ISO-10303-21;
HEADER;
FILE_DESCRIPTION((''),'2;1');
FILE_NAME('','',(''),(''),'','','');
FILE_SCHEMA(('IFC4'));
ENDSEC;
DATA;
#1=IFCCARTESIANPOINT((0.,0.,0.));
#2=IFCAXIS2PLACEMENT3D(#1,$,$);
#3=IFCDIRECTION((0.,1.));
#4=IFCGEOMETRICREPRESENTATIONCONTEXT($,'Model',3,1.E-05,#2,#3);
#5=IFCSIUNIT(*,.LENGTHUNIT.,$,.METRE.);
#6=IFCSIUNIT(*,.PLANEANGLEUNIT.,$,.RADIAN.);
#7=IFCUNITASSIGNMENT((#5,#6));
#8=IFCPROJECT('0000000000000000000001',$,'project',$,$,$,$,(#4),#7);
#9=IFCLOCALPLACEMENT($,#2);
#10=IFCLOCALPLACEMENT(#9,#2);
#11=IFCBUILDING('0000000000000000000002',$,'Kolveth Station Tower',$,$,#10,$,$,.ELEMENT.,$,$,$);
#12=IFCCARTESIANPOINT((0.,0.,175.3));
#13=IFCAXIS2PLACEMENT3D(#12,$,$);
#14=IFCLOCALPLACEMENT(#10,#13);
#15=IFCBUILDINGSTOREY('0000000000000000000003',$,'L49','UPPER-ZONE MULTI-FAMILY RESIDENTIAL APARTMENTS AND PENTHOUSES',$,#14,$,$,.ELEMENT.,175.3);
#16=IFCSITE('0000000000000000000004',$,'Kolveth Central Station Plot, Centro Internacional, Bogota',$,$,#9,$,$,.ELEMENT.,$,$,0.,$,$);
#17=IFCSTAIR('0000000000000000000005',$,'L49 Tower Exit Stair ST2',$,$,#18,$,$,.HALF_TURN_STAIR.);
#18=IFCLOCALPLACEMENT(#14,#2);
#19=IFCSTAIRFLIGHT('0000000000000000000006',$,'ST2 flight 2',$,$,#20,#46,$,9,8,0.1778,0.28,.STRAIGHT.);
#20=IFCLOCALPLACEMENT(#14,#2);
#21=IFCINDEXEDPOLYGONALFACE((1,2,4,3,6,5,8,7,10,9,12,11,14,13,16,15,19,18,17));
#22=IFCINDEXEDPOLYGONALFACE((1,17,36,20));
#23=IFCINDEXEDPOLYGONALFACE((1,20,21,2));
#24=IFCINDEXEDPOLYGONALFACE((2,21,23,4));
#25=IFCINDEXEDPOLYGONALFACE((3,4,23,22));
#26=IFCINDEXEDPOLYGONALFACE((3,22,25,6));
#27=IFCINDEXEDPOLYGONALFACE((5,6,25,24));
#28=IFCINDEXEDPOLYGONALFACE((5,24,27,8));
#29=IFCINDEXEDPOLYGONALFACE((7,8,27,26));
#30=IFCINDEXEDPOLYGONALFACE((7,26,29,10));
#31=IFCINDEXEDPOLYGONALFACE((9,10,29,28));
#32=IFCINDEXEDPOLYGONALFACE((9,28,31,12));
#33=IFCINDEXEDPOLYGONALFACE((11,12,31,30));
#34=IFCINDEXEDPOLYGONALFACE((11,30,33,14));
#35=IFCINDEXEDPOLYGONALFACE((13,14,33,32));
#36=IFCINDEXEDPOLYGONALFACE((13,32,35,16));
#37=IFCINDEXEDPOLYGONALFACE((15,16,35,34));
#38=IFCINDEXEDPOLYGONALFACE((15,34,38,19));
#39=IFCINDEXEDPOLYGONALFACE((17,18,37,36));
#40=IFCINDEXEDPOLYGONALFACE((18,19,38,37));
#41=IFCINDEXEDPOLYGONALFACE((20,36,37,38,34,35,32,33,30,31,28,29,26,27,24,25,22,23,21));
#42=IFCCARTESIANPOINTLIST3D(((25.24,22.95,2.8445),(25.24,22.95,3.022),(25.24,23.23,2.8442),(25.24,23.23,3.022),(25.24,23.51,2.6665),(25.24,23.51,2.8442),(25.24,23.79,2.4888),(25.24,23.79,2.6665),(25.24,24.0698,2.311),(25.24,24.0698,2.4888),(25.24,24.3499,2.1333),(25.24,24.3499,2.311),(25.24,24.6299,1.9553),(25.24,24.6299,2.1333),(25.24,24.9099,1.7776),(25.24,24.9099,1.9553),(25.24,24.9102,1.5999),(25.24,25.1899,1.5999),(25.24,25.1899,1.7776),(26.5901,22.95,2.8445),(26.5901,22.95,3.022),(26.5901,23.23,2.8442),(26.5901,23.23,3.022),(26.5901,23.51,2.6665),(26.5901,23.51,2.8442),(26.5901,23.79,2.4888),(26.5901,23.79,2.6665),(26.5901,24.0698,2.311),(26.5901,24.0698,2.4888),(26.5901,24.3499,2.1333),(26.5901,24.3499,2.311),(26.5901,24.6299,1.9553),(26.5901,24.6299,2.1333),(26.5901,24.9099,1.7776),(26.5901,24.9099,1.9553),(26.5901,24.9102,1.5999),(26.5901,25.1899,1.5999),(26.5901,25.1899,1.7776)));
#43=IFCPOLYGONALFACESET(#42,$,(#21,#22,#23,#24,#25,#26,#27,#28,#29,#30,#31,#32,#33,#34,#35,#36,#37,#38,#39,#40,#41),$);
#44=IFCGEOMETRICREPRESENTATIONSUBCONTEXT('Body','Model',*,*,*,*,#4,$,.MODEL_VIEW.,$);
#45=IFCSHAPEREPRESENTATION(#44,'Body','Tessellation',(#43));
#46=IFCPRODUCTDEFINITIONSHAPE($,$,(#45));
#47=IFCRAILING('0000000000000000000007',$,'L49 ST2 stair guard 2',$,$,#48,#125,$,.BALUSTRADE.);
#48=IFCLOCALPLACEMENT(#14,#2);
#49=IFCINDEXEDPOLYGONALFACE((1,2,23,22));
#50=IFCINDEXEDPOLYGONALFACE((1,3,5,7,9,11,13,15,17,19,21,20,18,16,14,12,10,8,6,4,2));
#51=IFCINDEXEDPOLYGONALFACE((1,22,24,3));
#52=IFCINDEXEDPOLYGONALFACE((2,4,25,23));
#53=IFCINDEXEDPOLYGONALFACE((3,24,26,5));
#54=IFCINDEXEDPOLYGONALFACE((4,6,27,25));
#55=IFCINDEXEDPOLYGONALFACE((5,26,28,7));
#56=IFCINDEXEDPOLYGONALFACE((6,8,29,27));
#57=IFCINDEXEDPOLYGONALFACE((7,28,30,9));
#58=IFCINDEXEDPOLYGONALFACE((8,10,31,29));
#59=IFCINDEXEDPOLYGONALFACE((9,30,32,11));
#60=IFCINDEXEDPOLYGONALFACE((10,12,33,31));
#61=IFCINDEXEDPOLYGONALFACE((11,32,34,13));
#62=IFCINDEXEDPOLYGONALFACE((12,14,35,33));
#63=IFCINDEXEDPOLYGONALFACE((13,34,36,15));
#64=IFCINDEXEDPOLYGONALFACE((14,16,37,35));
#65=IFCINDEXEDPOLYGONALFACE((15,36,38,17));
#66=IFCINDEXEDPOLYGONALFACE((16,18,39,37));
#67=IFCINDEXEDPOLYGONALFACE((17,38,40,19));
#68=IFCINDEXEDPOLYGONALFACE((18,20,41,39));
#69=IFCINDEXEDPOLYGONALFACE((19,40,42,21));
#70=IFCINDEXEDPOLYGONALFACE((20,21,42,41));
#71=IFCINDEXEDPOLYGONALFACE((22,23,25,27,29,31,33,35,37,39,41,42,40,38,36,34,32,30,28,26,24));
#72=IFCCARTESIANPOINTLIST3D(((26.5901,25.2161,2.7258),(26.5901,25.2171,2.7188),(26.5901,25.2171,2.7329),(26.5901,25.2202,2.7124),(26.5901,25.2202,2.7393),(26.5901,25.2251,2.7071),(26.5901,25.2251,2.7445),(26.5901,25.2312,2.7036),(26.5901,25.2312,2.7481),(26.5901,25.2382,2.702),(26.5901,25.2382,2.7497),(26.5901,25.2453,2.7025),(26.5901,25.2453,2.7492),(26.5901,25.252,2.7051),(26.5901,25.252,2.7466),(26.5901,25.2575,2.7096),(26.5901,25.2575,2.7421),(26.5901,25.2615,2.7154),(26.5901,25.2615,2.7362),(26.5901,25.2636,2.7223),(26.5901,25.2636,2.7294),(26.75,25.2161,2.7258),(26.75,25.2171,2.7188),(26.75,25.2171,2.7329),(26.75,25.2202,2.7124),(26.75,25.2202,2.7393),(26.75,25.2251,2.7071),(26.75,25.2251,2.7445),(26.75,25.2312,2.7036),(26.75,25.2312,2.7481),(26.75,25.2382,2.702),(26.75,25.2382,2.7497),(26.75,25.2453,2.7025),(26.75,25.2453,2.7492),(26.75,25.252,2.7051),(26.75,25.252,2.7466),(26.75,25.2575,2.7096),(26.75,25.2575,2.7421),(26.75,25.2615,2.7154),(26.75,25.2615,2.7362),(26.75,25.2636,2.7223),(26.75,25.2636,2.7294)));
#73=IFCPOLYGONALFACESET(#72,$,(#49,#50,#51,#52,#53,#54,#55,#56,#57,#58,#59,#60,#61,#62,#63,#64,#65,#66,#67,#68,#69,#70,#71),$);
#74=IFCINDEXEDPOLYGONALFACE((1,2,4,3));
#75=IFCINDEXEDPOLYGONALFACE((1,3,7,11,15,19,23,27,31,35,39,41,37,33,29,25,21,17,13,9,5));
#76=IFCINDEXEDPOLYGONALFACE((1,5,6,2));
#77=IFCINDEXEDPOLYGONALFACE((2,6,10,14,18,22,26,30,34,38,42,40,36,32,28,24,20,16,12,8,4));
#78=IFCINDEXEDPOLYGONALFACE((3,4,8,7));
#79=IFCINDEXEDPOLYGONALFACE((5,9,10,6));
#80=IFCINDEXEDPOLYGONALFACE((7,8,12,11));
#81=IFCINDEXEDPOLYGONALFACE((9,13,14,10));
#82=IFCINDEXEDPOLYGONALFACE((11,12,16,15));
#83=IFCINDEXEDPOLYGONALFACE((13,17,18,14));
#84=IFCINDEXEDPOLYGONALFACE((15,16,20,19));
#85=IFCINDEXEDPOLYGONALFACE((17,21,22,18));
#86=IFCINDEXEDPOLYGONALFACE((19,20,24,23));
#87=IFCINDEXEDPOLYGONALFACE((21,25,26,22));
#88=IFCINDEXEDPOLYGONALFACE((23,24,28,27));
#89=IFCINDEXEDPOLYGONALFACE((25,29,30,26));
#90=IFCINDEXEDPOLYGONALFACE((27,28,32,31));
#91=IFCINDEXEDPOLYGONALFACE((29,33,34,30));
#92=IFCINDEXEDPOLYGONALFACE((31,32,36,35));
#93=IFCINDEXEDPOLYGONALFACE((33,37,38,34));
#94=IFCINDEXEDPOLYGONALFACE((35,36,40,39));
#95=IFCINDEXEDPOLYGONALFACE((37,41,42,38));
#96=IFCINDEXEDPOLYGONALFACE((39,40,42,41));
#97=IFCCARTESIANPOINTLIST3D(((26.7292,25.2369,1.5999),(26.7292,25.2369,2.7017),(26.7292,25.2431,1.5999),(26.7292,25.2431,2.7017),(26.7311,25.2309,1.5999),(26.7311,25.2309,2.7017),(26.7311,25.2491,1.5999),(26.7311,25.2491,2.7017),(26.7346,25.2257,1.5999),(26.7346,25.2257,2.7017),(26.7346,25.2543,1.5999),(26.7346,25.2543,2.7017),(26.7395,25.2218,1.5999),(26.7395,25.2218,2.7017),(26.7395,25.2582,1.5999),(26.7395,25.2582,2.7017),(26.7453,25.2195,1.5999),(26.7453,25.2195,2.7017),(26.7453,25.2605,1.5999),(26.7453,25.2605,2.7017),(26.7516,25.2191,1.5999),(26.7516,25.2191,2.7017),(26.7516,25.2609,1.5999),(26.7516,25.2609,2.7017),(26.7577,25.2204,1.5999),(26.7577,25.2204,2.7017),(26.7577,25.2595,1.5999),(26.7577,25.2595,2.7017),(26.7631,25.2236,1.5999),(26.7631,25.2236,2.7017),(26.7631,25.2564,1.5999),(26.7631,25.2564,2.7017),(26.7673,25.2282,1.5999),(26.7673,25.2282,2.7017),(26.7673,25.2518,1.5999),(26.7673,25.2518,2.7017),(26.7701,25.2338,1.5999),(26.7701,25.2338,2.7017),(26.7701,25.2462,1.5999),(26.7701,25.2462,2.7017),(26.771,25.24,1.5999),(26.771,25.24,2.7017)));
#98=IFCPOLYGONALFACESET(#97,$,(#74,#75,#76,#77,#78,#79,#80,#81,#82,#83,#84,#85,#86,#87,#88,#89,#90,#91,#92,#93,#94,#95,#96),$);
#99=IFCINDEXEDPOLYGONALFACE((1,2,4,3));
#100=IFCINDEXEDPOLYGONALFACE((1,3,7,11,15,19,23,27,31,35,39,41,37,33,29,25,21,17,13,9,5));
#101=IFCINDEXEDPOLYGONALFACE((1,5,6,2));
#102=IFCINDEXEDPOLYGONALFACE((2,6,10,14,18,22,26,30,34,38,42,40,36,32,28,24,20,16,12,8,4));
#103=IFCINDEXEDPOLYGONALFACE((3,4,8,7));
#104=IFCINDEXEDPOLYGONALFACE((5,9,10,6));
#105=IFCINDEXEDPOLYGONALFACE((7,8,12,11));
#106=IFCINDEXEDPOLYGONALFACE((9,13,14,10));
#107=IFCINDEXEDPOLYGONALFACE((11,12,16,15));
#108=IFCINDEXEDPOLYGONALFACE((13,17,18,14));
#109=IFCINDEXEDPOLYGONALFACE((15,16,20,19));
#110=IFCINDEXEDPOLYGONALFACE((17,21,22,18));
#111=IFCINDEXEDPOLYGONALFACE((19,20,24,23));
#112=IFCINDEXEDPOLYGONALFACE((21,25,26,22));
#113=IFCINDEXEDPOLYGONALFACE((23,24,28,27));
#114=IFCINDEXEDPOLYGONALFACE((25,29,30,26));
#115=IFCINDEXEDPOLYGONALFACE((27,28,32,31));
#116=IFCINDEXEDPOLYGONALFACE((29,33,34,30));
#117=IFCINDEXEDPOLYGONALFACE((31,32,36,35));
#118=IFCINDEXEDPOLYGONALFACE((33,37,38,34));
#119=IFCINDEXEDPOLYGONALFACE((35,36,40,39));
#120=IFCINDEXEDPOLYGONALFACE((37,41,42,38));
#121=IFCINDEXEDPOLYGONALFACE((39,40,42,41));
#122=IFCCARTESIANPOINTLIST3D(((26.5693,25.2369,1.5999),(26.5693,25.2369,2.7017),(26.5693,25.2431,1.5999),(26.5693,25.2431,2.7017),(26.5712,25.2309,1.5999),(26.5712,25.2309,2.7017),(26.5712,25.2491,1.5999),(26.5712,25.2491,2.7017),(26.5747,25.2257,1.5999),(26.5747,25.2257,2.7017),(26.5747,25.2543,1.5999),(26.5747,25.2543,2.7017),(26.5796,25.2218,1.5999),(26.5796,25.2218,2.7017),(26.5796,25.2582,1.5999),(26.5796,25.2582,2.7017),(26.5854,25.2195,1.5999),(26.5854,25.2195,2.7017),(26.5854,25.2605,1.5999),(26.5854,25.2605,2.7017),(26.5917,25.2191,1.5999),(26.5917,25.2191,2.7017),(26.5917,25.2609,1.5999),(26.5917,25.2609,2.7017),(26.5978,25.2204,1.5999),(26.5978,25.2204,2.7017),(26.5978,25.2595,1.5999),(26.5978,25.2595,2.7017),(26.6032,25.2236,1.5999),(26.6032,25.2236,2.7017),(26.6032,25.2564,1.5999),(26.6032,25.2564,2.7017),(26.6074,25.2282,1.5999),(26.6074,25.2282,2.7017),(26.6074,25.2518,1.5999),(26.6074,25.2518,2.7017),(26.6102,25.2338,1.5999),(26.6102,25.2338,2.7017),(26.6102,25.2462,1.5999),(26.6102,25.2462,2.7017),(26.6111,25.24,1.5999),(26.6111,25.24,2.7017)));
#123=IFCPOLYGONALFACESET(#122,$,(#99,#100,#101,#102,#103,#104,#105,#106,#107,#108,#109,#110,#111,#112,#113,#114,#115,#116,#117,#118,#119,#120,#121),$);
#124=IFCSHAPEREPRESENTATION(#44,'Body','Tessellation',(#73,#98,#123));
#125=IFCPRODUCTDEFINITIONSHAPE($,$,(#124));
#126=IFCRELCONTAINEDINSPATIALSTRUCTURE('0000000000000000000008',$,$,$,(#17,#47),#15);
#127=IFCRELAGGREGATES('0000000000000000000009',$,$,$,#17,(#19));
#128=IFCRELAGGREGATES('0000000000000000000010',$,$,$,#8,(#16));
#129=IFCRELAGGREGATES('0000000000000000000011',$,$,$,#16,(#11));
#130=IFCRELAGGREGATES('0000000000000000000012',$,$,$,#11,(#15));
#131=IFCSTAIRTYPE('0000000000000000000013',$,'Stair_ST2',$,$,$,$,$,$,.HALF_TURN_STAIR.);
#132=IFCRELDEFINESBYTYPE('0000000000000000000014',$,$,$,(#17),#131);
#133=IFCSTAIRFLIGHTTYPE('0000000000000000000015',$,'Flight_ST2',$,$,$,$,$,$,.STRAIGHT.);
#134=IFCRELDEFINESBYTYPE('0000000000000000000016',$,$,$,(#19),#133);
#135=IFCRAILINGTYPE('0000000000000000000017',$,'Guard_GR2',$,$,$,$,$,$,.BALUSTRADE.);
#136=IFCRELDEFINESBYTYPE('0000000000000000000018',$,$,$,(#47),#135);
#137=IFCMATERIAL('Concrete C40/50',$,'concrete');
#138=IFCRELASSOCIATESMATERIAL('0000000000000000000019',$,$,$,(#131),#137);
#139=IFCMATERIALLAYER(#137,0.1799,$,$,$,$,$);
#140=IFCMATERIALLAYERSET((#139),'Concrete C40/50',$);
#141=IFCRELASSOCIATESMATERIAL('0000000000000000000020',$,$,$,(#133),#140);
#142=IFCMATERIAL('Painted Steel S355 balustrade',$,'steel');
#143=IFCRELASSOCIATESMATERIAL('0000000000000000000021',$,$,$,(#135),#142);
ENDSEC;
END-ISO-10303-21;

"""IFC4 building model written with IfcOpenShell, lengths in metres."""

from ifc_helpers import new_model, si_unit, direction, frame, origin, origin_2d, place, context, subcontext, project, spatial, polyline, circle, outline, extrude, material, layer, layer_set, type_object, element, aggregate, save


model = new_model("IFC4")

# Units and contexts
model_context = context("Model", 3, precision=1e-05, world=origin(), true_north=direction((0.0, 1.0)))
body_context = subcontext(model_context, "Body", "Model", "MODEL_VIEW")
ifc_project = project(units=[si_unit("LENGTHUNIT", "METRE"), si_unit("PLANEANGLEUNIT", "RADIAN")], contexts=[model_context])

# Site, building, storey
site_placement = place(None, origin())
site = spatial("IfcSite", under=ifc_project, at=site_placement, Name="Kolveth Central Station Plot, Centro Internacional, Bogota", CompositionType="ELEMENT", RefElevation=0.0)
building_placement = place(site_placement, origin())
building = spatial("IfcBuilding", under=site, at=building_placement, Name="Kolveth Station Tower", CompositionType="ELEMENT")
storey_placement = place(building_placement, frame((0.0, 0.0, 175.3)))
storey = spatial("IfcBuildingStorey", under=building, at=storey_placement, Name="L49", Description="UPPER-ZONE MULTI-FAMILY RESIDENTIAL APARTMENTS AND PENTHOUSES", CompositionType="ELEMENT", Elevation=175.3)

# Stair, stair flight
ifc_material_1 = material(Name="Concrete C40/50", Category="concrete")
stair_type = type_object("IfcStairType", Name="Stair_ST2", PredefinedType="HALF_TURN_STAIR", material=ifc_material_1)
stair_placement = place(storey_placement, origin())
stair = element("IfcStair", 1, at=stair_placement, inside=storey, type_object=stair_type, Name="L49 Tower Exit Stair ST2", PredefinedType="HALF_TURN_STAIR")
ifc_layer_1 = layer(ifc_material_1, 0.1799)
ifc_layer_set_1 = layer_set([ifc_layer_1], Name="Concrete C40/50")
stair_flight_type = type_object("IfcStairFlightType", Name="Flight_ST2", PredefinedType="STRAIGHT", material=ifc_layer_set_1)
stair_flight_placement = place(storey_placement, frame((25.915, 25.1899, 1.5999), z_axis=(0.0, 0.0, 1.0), x_axis=(0.0, -1.0, 0.0)))
stair_flight = element("IfcStairFlight", 2, at=stair_flight_placement, type_object=stair_flight_type, Name="ST2 flight 2", NumberOfRisers=9, NumberOfTreads=8, PredefinedType="STRAIGHT", RiserHeight=0.1778, TreadLength=0.28, context=body_context, shape_type="SweptSolid", body=[
    extrude(outline(polyline([(0.0, 0.0), (0.0, 0.1777), (0.28, 0.1777), (0.28, 0.3555), (0.5601, 0.3555), (0.5601, 0.5334), (0.8401, 0.5334), (0.8401, 0.7112), (1.1201, 0.7112), (1.1201, 0.8889), (1.3999, 0.8889), (1.3999, 1.0667), (1.6799, 1.0667), (1.6799, 1.2444), (1.96, 1.2444), (1.96, 1.4221), (2.24, 1.4221), (2.24, 1.6001), (2.24, 1.2446), (0.2798, 0.0), (0.0, 0.0)])), frame((0.0, 0.675, 0.0), z_axis=(0.0, -1.0, 0.0), x_axis=(1.0, 0.0, 0.0)), (0.0, 0.0, 1.0), 1.3501),
])
aggregate(stair, [stair_flight])

# Railing
ifc_material_2 = material(Name="Painted Steel S355 balustrade", Category="steel")
railing_type_1 = type_object("IfcRailingType", Name="Guard_GR2", PredefinedType="BALUSTRADE", material=ifc_material_2)
railing_1_placement = place(storey_placement, frame((26.75, 25.24, 1.5999)))
element("IfcRailing", 3, at=railing_1_placement, inside=storey, type_object=railing_type_1, Name="L49 ST2 stair guard 2", PredefinedType="BALUSTRADE", context=body_context, shape_type="SweptSolid", body=[
    extrude(circle(Radius=0.0239, at=origin_2d()), frame((0.0, 0.0, 1.126), z_axis=(-1.0, 0.0, 0.0), x_axis=(0.0, -1.0, 0.0)), (0.0, 0.0, 1.0), 0.1599),
    extrude(circle(Radius=0.021, at=origin_2d()), origin(), (0.0, 0.0, 1.0), 1.1018),
    extrude(circle(Radius=0.021, at=origin_2d()), frame((-0.1599, 0.0, 0.0)), (0.0, 0.0, 1.0), 1.1018),
])

save(model, "model.ifc")
